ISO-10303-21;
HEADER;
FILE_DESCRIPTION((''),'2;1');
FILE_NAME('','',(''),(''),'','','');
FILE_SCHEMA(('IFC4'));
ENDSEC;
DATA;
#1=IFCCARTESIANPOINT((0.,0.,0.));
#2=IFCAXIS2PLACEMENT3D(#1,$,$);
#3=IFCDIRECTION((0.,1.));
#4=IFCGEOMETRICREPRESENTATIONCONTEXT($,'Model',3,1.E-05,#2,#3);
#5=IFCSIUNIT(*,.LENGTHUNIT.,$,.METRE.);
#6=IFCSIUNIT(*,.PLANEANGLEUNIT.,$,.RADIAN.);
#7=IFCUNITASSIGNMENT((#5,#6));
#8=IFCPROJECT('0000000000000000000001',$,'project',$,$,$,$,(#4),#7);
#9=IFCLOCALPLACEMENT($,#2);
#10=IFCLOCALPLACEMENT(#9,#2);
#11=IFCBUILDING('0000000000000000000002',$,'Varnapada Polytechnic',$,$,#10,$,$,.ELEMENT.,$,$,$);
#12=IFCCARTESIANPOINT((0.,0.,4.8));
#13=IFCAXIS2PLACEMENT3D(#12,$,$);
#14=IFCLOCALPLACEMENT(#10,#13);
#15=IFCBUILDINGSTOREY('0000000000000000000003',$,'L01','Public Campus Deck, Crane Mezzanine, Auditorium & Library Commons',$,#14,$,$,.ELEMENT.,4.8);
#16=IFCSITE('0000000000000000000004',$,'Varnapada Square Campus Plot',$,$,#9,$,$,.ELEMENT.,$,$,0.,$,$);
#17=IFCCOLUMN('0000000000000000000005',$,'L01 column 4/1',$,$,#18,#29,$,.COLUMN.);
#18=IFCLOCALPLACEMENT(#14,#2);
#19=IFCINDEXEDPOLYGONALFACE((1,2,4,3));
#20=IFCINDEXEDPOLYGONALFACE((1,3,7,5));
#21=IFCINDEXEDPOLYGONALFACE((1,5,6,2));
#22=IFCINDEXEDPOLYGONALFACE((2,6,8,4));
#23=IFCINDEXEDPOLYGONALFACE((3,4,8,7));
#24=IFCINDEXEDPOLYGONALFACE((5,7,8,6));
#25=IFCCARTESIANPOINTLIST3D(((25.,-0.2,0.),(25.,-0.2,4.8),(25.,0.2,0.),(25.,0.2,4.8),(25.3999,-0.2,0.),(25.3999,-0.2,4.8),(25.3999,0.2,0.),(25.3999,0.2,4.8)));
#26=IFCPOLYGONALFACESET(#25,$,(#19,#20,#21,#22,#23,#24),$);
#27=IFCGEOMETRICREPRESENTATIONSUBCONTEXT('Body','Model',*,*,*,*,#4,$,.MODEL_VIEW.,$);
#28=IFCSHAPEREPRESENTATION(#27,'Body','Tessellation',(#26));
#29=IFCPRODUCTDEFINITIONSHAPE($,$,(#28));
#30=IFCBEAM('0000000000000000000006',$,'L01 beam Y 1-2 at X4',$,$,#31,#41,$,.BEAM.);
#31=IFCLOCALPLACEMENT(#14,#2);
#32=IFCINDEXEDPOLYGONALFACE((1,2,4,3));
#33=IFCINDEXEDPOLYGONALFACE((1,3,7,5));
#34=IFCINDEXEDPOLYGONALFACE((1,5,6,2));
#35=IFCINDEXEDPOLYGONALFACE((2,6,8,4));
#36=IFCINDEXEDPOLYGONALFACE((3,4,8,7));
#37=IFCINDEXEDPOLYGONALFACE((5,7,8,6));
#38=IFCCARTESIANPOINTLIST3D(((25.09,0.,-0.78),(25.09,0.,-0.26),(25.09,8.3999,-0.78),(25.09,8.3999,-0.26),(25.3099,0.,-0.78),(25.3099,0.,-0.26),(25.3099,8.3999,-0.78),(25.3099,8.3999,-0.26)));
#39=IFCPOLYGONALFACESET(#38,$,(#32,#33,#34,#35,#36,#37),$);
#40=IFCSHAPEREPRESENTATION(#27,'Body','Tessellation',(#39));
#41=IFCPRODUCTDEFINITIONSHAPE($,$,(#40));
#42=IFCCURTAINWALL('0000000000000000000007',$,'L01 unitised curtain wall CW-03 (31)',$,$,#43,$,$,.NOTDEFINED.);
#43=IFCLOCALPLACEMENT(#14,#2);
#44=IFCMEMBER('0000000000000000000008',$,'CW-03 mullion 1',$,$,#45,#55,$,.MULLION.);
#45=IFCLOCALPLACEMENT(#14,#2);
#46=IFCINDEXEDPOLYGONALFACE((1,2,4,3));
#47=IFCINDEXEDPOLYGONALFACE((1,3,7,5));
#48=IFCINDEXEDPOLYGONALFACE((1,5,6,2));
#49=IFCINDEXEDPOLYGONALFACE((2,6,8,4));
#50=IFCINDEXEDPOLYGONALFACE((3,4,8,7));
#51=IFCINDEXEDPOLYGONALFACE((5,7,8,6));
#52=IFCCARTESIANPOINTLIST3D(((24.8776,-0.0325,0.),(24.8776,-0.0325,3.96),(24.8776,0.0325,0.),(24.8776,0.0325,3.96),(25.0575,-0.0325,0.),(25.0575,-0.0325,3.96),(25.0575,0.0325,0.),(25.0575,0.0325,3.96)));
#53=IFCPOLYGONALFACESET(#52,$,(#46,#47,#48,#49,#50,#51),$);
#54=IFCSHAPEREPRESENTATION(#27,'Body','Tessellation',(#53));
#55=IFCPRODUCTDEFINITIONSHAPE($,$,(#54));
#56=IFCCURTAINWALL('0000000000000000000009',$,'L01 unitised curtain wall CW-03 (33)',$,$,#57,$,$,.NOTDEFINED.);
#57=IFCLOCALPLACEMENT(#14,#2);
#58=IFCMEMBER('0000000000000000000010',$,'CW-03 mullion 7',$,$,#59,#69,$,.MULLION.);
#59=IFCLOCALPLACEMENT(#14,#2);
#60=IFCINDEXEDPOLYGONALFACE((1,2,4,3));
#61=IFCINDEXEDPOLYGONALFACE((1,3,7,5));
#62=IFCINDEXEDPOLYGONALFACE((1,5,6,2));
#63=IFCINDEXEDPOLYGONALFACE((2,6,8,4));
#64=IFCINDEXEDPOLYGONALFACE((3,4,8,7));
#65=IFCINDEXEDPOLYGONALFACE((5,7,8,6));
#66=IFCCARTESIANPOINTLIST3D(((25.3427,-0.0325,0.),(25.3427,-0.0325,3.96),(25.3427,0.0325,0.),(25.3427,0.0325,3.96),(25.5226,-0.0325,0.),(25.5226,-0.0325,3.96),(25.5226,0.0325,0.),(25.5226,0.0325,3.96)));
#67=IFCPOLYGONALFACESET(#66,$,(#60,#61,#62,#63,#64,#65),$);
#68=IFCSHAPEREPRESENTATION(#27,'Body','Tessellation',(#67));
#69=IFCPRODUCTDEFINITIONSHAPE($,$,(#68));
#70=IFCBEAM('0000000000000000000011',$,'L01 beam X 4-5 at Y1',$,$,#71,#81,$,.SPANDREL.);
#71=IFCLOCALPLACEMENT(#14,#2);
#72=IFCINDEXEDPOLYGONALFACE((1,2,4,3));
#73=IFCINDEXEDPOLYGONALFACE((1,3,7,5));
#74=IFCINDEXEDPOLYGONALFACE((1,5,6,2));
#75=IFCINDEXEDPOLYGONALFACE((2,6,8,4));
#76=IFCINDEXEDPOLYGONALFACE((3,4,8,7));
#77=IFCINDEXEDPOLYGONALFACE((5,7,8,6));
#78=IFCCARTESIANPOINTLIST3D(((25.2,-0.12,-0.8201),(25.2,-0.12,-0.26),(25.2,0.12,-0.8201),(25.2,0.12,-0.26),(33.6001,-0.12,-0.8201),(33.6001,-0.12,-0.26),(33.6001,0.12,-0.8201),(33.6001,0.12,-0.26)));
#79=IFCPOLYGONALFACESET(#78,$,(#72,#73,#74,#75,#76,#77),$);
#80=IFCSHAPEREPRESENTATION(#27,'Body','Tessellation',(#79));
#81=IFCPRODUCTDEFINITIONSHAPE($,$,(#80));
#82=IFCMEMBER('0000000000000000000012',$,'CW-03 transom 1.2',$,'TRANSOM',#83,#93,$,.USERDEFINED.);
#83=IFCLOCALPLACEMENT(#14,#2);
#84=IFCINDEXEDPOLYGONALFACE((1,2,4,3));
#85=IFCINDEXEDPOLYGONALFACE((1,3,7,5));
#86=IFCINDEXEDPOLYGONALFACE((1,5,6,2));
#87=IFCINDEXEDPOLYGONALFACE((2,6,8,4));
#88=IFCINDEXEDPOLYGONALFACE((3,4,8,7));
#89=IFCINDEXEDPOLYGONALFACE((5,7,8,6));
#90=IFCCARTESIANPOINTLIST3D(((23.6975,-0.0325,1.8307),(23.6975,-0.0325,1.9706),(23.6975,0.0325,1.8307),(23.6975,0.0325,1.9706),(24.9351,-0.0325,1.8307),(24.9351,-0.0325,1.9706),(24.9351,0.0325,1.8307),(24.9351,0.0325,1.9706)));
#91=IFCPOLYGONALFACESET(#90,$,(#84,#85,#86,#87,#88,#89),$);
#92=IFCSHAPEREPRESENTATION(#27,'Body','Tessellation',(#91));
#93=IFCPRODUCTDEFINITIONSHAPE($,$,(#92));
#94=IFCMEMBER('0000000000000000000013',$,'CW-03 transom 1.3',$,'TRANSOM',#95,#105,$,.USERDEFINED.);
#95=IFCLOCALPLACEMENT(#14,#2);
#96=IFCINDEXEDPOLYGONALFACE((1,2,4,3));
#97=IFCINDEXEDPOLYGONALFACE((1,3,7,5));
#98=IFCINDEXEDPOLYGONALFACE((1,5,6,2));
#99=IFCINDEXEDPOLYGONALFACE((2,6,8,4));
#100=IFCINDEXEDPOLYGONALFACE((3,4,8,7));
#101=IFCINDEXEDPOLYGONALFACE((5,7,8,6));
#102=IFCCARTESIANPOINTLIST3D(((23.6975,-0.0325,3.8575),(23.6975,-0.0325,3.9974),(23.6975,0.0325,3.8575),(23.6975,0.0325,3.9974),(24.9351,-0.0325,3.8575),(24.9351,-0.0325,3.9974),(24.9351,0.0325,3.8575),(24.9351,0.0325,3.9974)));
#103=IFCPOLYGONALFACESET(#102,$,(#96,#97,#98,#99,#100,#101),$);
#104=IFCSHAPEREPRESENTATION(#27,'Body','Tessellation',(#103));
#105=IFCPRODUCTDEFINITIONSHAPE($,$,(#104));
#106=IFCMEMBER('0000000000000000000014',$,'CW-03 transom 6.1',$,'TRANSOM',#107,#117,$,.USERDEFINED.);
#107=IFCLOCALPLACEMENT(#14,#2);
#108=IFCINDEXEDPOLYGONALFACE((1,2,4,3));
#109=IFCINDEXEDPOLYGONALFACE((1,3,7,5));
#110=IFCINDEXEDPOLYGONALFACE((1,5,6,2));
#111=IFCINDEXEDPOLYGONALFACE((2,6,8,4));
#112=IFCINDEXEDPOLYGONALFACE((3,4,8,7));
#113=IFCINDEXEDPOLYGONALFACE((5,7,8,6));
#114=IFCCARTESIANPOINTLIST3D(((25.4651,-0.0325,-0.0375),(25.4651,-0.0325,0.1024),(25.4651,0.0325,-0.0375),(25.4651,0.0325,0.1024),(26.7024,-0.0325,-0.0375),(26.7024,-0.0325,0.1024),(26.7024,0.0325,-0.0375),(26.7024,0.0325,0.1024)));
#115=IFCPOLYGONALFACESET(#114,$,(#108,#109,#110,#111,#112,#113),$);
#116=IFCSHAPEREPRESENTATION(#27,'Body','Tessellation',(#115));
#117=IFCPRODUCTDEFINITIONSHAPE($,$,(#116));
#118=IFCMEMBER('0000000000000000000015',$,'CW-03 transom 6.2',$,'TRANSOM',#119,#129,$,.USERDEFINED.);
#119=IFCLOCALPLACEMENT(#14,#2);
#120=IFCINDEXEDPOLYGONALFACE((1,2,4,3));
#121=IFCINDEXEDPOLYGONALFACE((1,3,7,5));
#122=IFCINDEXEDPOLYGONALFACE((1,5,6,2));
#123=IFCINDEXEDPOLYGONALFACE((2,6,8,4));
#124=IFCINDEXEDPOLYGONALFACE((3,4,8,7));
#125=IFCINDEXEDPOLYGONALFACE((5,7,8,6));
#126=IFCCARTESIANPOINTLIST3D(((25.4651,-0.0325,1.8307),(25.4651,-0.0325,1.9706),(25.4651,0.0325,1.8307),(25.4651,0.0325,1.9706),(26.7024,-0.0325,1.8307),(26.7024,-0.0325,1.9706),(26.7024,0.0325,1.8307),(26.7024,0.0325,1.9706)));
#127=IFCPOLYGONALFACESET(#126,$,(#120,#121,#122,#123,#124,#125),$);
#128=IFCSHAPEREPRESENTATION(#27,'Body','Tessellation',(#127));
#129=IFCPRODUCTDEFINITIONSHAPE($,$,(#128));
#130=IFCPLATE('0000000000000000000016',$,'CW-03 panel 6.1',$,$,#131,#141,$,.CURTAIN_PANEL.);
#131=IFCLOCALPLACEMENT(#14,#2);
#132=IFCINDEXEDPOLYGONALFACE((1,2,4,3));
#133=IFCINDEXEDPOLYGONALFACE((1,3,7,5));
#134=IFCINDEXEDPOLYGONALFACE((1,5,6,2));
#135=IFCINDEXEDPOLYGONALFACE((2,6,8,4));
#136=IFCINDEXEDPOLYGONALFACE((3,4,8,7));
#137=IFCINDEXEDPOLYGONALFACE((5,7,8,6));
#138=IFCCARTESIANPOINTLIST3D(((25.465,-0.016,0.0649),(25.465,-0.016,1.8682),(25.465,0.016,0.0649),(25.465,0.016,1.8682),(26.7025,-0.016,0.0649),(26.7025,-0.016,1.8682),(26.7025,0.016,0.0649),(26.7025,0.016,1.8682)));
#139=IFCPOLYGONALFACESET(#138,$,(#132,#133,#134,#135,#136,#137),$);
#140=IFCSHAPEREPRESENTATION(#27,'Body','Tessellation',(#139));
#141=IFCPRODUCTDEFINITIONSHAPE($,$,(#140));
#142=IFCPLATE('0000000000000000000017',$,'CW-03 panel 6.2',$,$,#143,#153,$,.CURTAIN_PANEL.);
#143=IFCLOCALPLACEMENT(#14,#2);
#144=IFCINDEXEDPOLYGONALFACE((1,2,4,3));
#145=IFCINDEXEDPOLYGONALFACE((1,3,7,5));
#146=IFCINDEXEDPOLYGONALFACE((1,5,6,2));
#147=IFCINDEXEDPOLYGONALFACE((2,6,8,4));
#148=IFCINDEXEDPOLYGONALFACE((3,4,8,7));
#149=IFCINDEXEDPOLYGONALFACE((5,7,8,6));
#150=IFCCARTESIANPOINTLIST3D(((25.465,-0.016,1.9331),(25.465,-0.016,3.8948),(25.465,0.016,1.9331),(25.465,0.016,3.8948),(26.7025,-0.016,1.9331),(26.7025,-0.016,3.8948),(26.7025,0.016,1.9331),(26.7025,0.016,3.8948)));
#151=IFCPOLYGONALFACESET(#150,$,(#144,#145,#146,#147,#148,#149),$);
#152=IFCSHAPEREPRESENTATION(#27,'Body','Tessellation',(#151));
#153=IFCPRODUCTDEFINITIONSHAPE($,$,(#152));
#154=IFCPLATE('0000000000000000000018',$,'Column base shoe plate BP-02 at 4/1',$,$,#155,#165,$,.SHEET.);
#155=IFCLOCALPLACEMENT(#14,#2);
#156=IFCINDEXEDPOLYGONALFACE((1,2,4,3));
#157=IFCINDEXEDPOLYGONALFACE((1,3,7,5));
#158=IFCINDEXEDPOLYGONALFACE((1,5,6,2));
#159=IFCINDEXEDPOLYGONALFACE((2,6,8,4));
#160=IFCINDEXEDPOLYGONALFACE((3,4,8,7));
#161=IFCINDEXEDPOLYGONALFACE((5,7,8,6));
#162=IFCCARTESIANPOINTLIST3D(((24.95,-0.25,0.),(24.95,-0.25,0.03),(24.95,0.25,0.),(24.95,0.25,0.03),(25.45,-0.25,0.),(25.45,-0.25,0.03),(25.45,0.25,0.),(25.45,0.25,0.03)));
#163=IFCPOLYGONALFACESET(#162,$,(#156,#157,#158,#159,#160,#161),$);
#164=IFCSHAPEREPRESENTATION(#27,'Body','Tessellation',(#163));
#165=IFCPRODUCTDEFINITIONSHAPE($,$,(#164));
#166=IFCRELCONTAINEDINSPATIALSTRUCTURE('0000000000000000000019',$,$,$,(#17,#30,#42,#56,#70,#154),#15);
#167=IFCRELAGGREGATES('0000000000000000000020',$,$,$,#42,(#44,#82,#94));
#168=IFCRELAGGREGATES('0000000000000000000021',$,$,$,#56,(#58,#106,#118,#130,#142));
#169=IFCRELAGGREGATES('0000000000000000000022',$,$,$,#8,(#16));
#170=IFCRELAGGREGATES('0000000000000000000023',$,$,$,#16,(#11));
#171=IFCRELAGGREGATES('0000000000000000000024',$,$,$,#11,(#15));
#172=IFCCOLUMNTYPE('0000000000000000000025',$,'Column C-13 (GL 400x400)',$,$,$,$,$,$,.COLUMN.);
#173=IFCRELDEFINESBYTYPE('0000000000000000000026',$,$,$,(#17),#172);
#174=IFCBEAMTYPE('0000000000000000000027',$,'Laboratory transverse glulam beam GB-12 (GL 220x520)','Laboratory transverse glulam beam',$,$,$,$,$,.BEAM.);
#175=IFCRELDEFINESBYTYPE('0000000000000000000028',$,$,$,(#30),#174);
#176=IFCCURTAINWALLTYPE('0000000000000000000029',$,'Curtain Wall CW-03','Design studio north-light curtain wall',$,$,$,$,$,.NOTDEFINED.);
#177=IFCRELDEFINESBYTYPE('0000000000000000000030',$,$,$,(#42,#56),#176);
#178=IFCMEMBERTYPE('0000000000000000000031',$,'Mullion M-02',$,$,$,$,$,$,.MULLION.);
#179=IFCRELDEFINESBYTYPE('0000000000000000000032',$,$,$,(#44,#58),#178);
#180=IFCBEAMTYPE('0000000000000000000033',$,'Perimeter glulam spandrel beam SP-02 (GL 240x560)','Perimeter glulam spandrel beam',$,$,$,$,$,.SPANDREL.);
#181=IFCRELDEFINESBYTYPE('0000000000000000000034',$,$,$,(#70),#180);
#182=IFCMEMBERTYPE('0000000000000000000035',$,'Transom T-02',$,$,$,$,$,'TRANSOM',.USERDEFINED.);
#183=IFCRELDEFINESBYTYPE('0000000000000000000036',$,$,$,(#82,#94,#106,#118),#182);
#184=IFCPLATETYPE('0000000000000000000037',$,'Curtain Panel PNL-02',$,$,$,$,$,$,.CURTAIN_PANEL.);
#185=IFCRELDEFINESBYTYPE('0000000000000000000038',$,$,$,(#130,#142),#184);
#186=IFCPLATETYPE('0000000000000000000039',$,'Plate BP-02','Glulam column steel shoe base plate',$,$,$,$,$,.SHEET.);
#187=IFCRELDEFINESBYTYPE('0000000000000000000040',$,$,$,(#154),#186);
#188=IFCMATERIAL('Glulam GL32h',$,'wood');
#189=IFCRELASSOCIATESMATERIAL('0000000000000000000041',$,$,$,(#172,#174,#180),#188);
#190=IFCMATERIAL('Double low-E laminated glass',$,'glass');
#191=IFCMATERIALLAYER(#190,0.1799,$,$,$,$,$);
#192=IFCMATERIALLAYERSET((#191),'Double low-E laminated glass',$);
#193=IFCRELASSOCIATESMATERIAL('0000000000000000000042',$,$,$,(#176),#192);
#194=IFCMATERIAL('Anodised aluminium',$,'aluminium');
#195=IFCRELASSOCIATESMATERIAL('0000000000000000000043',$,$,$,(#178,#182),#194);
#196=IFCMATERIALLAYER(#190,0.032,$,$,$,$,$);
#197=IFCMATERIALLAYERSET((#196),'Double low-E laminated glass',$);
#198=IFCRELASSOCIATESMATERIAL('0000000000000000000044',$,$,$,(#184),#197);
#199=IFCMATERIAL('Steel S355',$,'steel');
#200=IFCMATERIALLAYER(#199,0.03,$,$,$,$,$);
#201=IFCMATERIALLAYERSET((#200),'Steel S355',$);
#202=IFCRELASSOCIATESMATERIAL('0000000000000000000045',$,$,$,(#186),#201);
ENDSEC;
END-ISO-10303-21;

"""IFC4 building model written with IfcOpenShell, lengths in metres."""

from ifc_helpers import new_model, si_unit, direction, frame, origin, origin_2d, place, context, subcontext, project, spatial, rectangle, extrude, material, layer, layer_set, material_profile, profile_set, type_object, element, aggregate, save


model = new_model("IFC4")

# Units and contexts
model_context = context("Model", 3, precision=1e-05, world=origin(), true_north=direction((0.0, 1.0)))
body_context = subcontext(model_context, "Body", "Model", "MODEL_VIEW")
ifc_project = project(units=[si_unit("LENGTHUNIT", "METRE"), si_unit("PLANEANGLEUNIT", "RADIAN")], contexts=[model_context])

# Site, building, storey
site_placement = place(None, origin())
site = spatial("IfcSite", under=ifc_project, at=site_placement, Name="Varnapada Square Campus Plot", CompositionType="ELEMENT", RefElevation=0.0)
building_placement = place(site_placement, origin())
building = spatial("IfcBuilding", under=site, at=building_placement, Name="Varnapada Polytechnic", CompositionType="ELEMENT")
storey_placement = place(building_placement, frame((0.0, 0.0, 4.8)))
storey = spatial("IfcBuildingStorey", under=building, at=storey_placement, Name="L01", Description="Public Campus Deck, Crane Mezzanine, Auditorium & Library Commons", CompositionType="ELEMENT", Elevation=4.8)

# Column
ifc_material_1 = material(Name="Glulam GL32h", Category="wood")
ifc_material_profile_1 = material_profile(ifc_material_1, rectangle(XDim=0.3999, YDim=0.3999, at=origin_2d()), Name="GL 400x400")
ifc_profile_set_1 = profile_set([ifc_material_profile_1], Name="Glulam GL32h")
column_type = type_object("IfcColumnType", Name="Column C-13 (GL 400x400)", PredefinedType="COLUMN", material=ifc_profile_set_1)
column_placement = place(storey_placement, frame((25.2, 0.0, 0.0), z_axis=(0.0, 0.0, 1.0), x_axis=(1.0, 0.0, 0.0)))
element("IfcColumn", 1, at=column_placement, inside=storey, type_object=column_type, Name="L01 column 4/1", PredefinedType="COLUMN", context=body_context, shape_type="SweptSolid", body=[
    extrude(rectangle(XDim=0.3999, YDim=0.3999, at=origin_2d()), origin(), (0.0, 0.0, 1.0), 4.8),
])

# Beam
ifc_material_profile_2 = material_profile(ifc_material_1, rectangle(XDim=0.22, YDim=0.52, at=origin_2d()), Name="GL 220x520")
ifc_profile_set_2 = profile_set([ifc_material_profile_2], Name="Glulam GL32h")
beam_type_1 = type_object("IfcBeamType", Name="Laboratory transverse glulam beam GB-12 (GL 220x520)", Description="Laboratory transverse glulam beam", PredefinedType="BEAM", material=ifc_profile_set_2)
beam_1_placement = place(storey_placement, frame((25.2, 0.0, -0.52), z_axis=(0.0, 1.0, 0.0), x_axis=(-1.0, 0.0, 0.0)))
element("IfcBeam", 2, at=beam_1_placement, inside=storey, type_object=beam_type_1, Name="L01 beam Y 1-2 at X4", PredefinedType="BEAM", context=body_context, shape_type="SweptSolid", body=[
    extrude(rectangle(XDim=0.22, YDim=0.52, at=origin_2d()), origin(), (0.0, 0.0, 1.0), 8.3999),
])

# Curtain walls, members
ifc_material_2 = material(Name="Double low-E laminated glass", Category="glass")
ifc_layer_1 = layer(ifc_material_2, 0.1799)
ifc_layer_set_1 = layer_set([ifc_layer_1], Name="Double low-E laminated glass")
curtain_wall_type = type_object("IfcCurtainWallType", Name="Curtain Wall CW-03", Description="Design studio north-light curtain wall", PredefinedType="NOTDEFINED", material=ifc_layer_set_1)
curtain_wall_1_placement = place(storey_placement, origin())
curtain_wall_1 = element("IfcCurtainWall", 3, at=curtain_wall_1_placement, inside=storey, type_object=curtain_wall_type, Name="L01 unitised curtain wall CW-03 (31)", PredefinedType="NOTDEFINED")
ifc_material_3 = material(Name="Anodised aluminium", Category="aluminium")
ifc_material_profile_3 = material_profile(ifc_material_3, rectangle(XDim=0.0649, YDim=0.1799, at=origin_2d()), Name="ALU M65x180")
ifc_profile_set_3 = profile_set([ifc_material_profile_3], Name="Anodised aluminium")
member_type_1 = type_object("IfcMemberType", Name="Mullion M-02", PredefinedType="MULLION", material=ifc_profile_set_3)
member_1_placement = place(storey_placement, frame((24.9675, 0.0, 0.0), z_axis=(0.0, 0.0, 1.0), x_axis=(0.0, -1.0, 0.0)))
member_1 = element("IfcMember", 4, at=member_1_placement, type_object=member_type_1, Name="CW-03 mullion 1", PredefinedType="MULLION", context=body_context, shape_type="SweptSolid", body=[
    extrude(rectangle(XDim=0.0649, YDim=0.1799, at=origin_2d()), origin(), (0.0, 0.0, 1.0), 3.96),
])
curtain_wall_2_placement = place(storey_placement, origin())
curtain_wall_2 = element("IfcCurtainWall", 5, at=curtain_wall_2_placement, inside=storey, type_object=curtain_wall_type, Name="L01 unitised curtain wall CW-03 (33)", PredefinedType="NOTDEFINED")
member_2_placement = place(storey_placement, frame((25.4326, 0.0, 0.0), z_axis=(0.0, 0.0, 1.0), x_axis=(0.0, -1.0, 0.0)))
member_2 = element("IfcMember", 6, at=member_2_placement, type_object=member_type_1, Name="CW-03 mullion 7", PredefinedType="MULLION", context=body_context, shape_type="SweptSolid", body=[
    extrude(rectangle(XDim=0.0649, YDim=0.1799, at=origin_2d()), origin(), (0.0, 0.0, 1.0), 3.96),
])

# Beam
ifc_material_profile_4 = material_profile(ifc_material_1, rectangle(XDim=0.24, YDim=0.5601, at=origin_2d()), Name="GL 240x560")
ifc_profile_set_4 = profile_set([ifc_material_profile_4], Name="Glulam GL32h")
beam_type_2 = type_object("IfcBeamType", Name="Perimeter glulam spandrel beam SP-02 (GL 240x560)", Description="Perimeter glulam spandrel beam", PredefinedType="SPANDREL", material=ifc_profile_set_4)
beam_2_placement = place(storey_placement, frame((25.2, 0.0, -0.54), z_axis=(1.0, 0.0, 0.0), x_axis=(0.0, 1.0, 0.0)))
element("IfcBeam", 7, at=beam_2_placement, inside=storey, type_object=beam_type_2, Name="L01 beam X 4-5 at Y1", PredefinedType="SPANDREL", context=body_context, shape_type="SweptSolid", body=[
    extrude(rectangle(XDim=0.24, YDim=0.5601, at=origin_2d()), origin(), (0.0, 0.0, 1.0), 8.4001),
])

# Members
ifc_material_profile_5 = material_profile(ifc_material_3, rectangle(XDim=0.0649, YDim=0.1399, at=origin_2d()), Name="ALU T65x140")
ifc_profile_set_5 = profile_set([ifc_material_profile_5], Name="Anodised aluminium")
member_type_2 = type_object("IfcMemberType", Name="Transom T-02", ElementType="TRANSOM", PredefinedType="USERDEFINED", material=ifc_profile_set_5)
member_3_placement = place(storey_placement, frame((24.9351, 0.0, 1.9006), z_axis=(-1.0, 0.0, 0.0), x_axis=(0.0, -1.0, 0.0)))
member_3 = element("IfcMember", 8, at=member_3_placement, type_object=member_type_2, Name="CW-03 transom 1.2", ObjectType="TRANSOM", PredefinedType="USERDEFINED", context=body_context, shape_type="SweptSolid", body=[
    extrude(rectangle(XDim=0.0649, YDim=0.1399, at=origin_2d()), origin(), (0.0, 0.0, 1.0), 1.2375),
])
member_4_placement = place(storey_placement, frame((24.9351, 0.0, 3.9275), z_axis=(-1.0, 0.0, 0.0), x_axis=(0.0, -1.0, 0.0)))
member_4 = element("IfcMember", 9, at=member_4_placement, type_object=member_type_2, Name="CW-03 transom 1.3", ObjectType="TRANSOM", PredefinedType="USERDEFINED", context=body_context, shape_type="SweptSolid", body=[
    extrude(rectangle(XDim=0.0649, YDim=0.1399, at=origin_2d()), origin(), (0.0, 0.0, 1.0), 1.2375),
])
aggregate(curtain_wall_1, [member_1, member_3, member_4])
member_5_placement = place(storey_placement, frame((26.7024, 0.0, 0.0325), z_axis=(-1.0, 0.0, 0.0), x_axis=(0.0, -1.0, 0.0)))
member_5 = element("IfcMember", 10, at=member_5_placement, type_object=member_type_2, Name="CW-03 transom 6.1", ObjectType="TRANSOM", PredefinedType="USERDEFINED", context=body_context, shape_type="SweptSolid", body=[
    extrude(rectangle(XDim=0.0649, YDim=0.1399, at=origin_2d()), origin(), (0.0, 0.0, 1.0), 1.2373),
])
member_6_placement = place(storey_placement, frame((26.7024, 0.0, 1.9006), z_axis=(-1.0, 0.0, 0.0), x_axis=(0.0, -1.0, 0.0)))
member_6 = element("IfcMember", 11, at=member_6_placement, type_object=member_type_2, Name="CW-03 transom 6.2", ObjectType="TRANSOM", PredefinedType="USERDEFINED", context=body_context, shape_type="SweptSolid", body=[
    extrude(rectangle(XDim=0.0649, YDim=0.1399, at=origin_2d()), origin(), (0.0, 0.0, 1.0), 1.2373),
])

# Plates
ifc_layer_2 = layer(ifc_material_2, 0.032)
ifc_layer_set_2 = layer_set([ifc_layer_2], Name="Double low-E laminated glass")
plate_type_1 = type_object("IfcPlateType", Name="Curtain Panel PNL-02", PredefinedType="CURTAIN_PANEL", material=ifc_layer_set_2)
plate_1_placement = place(storey_placement, frame((26.0837, 0.0, 0.0649), z_axis=(0.0, 0.0, 1.0), x_axis=(-1.0, 0.0, 0.0)))
plate_1 = element("IfcPlate", 12, at=plate_1_placement, type_object=plate_type_1, Name="CW-03 panel 6.1", PredefinedType="CURTAIN_PANEL", context=body_context, shape_type="SweptSolid", body=[
    extrude(rectangle(XDim=1.2375, YDim=0.032, at=origin_2d()), origin(), (0.0, 0.0, 1.0), 1.8032),
])
plate_2_placement = place(storey_placement, frame((26.0837, 0.0, 1.9331), z_axis=(0.0, 0.0, 1.0), x_axis=(-1.0, 0.0, 0.0)))
plate_2 = element("IfcPlate", 13, at=plate_2_placement, type_object=plate_type_1, Name="CW-03 panel 6.2", PredefinedType="CURTAIN_PANEL", context=body_context, shape_type="SweptSolid", body=[
    extrude(rectangle(XDim=1.2375, YDim=0.032, at=origin_2d()), origin(), (0.0, 0.0, 1.0), 1.9617),
])
aggregate(curtain_wall_2, [member_2, member_5, member_6, plate_1, plate_2])
ifc_material_4 = material(Name="Steel S355", Category="steel")
ifc_layer_3 = layer(ifc_material_4, 0.03)
ifc_layer_set_3 = layer_set([ifc_layer_3], Name="Steel S355")
plate_type_2 = type_object("IfcPlateType", Name="Plate BP-02", Description="Glulam column steel shoe base plate", PredefinedType="SHEET", material=ifc_layer_set_3)
plate_3_placement = place(storey_placement, frame((25.2, 0.0, 0.0), z_axis=(0.0, 0.0, 1.0), x_axis=(1.0, 0.0, 0.0)))
element("IfcPlate", 14, at=plate_3_placement, inside=storey, type_object=plate_type_2, Name="Column base shoe plate BP-02 at 4/1", PredefinedType="SHEET", context=body_context, shape_type="SweptSolid", body=[
    extrude(rectangle(XDim=0.5, YDim=0.5, at=origin_2d()), origin(), (0.0, 0.0, 1.0), 0.03),
])

save(model, "model.ifc")
